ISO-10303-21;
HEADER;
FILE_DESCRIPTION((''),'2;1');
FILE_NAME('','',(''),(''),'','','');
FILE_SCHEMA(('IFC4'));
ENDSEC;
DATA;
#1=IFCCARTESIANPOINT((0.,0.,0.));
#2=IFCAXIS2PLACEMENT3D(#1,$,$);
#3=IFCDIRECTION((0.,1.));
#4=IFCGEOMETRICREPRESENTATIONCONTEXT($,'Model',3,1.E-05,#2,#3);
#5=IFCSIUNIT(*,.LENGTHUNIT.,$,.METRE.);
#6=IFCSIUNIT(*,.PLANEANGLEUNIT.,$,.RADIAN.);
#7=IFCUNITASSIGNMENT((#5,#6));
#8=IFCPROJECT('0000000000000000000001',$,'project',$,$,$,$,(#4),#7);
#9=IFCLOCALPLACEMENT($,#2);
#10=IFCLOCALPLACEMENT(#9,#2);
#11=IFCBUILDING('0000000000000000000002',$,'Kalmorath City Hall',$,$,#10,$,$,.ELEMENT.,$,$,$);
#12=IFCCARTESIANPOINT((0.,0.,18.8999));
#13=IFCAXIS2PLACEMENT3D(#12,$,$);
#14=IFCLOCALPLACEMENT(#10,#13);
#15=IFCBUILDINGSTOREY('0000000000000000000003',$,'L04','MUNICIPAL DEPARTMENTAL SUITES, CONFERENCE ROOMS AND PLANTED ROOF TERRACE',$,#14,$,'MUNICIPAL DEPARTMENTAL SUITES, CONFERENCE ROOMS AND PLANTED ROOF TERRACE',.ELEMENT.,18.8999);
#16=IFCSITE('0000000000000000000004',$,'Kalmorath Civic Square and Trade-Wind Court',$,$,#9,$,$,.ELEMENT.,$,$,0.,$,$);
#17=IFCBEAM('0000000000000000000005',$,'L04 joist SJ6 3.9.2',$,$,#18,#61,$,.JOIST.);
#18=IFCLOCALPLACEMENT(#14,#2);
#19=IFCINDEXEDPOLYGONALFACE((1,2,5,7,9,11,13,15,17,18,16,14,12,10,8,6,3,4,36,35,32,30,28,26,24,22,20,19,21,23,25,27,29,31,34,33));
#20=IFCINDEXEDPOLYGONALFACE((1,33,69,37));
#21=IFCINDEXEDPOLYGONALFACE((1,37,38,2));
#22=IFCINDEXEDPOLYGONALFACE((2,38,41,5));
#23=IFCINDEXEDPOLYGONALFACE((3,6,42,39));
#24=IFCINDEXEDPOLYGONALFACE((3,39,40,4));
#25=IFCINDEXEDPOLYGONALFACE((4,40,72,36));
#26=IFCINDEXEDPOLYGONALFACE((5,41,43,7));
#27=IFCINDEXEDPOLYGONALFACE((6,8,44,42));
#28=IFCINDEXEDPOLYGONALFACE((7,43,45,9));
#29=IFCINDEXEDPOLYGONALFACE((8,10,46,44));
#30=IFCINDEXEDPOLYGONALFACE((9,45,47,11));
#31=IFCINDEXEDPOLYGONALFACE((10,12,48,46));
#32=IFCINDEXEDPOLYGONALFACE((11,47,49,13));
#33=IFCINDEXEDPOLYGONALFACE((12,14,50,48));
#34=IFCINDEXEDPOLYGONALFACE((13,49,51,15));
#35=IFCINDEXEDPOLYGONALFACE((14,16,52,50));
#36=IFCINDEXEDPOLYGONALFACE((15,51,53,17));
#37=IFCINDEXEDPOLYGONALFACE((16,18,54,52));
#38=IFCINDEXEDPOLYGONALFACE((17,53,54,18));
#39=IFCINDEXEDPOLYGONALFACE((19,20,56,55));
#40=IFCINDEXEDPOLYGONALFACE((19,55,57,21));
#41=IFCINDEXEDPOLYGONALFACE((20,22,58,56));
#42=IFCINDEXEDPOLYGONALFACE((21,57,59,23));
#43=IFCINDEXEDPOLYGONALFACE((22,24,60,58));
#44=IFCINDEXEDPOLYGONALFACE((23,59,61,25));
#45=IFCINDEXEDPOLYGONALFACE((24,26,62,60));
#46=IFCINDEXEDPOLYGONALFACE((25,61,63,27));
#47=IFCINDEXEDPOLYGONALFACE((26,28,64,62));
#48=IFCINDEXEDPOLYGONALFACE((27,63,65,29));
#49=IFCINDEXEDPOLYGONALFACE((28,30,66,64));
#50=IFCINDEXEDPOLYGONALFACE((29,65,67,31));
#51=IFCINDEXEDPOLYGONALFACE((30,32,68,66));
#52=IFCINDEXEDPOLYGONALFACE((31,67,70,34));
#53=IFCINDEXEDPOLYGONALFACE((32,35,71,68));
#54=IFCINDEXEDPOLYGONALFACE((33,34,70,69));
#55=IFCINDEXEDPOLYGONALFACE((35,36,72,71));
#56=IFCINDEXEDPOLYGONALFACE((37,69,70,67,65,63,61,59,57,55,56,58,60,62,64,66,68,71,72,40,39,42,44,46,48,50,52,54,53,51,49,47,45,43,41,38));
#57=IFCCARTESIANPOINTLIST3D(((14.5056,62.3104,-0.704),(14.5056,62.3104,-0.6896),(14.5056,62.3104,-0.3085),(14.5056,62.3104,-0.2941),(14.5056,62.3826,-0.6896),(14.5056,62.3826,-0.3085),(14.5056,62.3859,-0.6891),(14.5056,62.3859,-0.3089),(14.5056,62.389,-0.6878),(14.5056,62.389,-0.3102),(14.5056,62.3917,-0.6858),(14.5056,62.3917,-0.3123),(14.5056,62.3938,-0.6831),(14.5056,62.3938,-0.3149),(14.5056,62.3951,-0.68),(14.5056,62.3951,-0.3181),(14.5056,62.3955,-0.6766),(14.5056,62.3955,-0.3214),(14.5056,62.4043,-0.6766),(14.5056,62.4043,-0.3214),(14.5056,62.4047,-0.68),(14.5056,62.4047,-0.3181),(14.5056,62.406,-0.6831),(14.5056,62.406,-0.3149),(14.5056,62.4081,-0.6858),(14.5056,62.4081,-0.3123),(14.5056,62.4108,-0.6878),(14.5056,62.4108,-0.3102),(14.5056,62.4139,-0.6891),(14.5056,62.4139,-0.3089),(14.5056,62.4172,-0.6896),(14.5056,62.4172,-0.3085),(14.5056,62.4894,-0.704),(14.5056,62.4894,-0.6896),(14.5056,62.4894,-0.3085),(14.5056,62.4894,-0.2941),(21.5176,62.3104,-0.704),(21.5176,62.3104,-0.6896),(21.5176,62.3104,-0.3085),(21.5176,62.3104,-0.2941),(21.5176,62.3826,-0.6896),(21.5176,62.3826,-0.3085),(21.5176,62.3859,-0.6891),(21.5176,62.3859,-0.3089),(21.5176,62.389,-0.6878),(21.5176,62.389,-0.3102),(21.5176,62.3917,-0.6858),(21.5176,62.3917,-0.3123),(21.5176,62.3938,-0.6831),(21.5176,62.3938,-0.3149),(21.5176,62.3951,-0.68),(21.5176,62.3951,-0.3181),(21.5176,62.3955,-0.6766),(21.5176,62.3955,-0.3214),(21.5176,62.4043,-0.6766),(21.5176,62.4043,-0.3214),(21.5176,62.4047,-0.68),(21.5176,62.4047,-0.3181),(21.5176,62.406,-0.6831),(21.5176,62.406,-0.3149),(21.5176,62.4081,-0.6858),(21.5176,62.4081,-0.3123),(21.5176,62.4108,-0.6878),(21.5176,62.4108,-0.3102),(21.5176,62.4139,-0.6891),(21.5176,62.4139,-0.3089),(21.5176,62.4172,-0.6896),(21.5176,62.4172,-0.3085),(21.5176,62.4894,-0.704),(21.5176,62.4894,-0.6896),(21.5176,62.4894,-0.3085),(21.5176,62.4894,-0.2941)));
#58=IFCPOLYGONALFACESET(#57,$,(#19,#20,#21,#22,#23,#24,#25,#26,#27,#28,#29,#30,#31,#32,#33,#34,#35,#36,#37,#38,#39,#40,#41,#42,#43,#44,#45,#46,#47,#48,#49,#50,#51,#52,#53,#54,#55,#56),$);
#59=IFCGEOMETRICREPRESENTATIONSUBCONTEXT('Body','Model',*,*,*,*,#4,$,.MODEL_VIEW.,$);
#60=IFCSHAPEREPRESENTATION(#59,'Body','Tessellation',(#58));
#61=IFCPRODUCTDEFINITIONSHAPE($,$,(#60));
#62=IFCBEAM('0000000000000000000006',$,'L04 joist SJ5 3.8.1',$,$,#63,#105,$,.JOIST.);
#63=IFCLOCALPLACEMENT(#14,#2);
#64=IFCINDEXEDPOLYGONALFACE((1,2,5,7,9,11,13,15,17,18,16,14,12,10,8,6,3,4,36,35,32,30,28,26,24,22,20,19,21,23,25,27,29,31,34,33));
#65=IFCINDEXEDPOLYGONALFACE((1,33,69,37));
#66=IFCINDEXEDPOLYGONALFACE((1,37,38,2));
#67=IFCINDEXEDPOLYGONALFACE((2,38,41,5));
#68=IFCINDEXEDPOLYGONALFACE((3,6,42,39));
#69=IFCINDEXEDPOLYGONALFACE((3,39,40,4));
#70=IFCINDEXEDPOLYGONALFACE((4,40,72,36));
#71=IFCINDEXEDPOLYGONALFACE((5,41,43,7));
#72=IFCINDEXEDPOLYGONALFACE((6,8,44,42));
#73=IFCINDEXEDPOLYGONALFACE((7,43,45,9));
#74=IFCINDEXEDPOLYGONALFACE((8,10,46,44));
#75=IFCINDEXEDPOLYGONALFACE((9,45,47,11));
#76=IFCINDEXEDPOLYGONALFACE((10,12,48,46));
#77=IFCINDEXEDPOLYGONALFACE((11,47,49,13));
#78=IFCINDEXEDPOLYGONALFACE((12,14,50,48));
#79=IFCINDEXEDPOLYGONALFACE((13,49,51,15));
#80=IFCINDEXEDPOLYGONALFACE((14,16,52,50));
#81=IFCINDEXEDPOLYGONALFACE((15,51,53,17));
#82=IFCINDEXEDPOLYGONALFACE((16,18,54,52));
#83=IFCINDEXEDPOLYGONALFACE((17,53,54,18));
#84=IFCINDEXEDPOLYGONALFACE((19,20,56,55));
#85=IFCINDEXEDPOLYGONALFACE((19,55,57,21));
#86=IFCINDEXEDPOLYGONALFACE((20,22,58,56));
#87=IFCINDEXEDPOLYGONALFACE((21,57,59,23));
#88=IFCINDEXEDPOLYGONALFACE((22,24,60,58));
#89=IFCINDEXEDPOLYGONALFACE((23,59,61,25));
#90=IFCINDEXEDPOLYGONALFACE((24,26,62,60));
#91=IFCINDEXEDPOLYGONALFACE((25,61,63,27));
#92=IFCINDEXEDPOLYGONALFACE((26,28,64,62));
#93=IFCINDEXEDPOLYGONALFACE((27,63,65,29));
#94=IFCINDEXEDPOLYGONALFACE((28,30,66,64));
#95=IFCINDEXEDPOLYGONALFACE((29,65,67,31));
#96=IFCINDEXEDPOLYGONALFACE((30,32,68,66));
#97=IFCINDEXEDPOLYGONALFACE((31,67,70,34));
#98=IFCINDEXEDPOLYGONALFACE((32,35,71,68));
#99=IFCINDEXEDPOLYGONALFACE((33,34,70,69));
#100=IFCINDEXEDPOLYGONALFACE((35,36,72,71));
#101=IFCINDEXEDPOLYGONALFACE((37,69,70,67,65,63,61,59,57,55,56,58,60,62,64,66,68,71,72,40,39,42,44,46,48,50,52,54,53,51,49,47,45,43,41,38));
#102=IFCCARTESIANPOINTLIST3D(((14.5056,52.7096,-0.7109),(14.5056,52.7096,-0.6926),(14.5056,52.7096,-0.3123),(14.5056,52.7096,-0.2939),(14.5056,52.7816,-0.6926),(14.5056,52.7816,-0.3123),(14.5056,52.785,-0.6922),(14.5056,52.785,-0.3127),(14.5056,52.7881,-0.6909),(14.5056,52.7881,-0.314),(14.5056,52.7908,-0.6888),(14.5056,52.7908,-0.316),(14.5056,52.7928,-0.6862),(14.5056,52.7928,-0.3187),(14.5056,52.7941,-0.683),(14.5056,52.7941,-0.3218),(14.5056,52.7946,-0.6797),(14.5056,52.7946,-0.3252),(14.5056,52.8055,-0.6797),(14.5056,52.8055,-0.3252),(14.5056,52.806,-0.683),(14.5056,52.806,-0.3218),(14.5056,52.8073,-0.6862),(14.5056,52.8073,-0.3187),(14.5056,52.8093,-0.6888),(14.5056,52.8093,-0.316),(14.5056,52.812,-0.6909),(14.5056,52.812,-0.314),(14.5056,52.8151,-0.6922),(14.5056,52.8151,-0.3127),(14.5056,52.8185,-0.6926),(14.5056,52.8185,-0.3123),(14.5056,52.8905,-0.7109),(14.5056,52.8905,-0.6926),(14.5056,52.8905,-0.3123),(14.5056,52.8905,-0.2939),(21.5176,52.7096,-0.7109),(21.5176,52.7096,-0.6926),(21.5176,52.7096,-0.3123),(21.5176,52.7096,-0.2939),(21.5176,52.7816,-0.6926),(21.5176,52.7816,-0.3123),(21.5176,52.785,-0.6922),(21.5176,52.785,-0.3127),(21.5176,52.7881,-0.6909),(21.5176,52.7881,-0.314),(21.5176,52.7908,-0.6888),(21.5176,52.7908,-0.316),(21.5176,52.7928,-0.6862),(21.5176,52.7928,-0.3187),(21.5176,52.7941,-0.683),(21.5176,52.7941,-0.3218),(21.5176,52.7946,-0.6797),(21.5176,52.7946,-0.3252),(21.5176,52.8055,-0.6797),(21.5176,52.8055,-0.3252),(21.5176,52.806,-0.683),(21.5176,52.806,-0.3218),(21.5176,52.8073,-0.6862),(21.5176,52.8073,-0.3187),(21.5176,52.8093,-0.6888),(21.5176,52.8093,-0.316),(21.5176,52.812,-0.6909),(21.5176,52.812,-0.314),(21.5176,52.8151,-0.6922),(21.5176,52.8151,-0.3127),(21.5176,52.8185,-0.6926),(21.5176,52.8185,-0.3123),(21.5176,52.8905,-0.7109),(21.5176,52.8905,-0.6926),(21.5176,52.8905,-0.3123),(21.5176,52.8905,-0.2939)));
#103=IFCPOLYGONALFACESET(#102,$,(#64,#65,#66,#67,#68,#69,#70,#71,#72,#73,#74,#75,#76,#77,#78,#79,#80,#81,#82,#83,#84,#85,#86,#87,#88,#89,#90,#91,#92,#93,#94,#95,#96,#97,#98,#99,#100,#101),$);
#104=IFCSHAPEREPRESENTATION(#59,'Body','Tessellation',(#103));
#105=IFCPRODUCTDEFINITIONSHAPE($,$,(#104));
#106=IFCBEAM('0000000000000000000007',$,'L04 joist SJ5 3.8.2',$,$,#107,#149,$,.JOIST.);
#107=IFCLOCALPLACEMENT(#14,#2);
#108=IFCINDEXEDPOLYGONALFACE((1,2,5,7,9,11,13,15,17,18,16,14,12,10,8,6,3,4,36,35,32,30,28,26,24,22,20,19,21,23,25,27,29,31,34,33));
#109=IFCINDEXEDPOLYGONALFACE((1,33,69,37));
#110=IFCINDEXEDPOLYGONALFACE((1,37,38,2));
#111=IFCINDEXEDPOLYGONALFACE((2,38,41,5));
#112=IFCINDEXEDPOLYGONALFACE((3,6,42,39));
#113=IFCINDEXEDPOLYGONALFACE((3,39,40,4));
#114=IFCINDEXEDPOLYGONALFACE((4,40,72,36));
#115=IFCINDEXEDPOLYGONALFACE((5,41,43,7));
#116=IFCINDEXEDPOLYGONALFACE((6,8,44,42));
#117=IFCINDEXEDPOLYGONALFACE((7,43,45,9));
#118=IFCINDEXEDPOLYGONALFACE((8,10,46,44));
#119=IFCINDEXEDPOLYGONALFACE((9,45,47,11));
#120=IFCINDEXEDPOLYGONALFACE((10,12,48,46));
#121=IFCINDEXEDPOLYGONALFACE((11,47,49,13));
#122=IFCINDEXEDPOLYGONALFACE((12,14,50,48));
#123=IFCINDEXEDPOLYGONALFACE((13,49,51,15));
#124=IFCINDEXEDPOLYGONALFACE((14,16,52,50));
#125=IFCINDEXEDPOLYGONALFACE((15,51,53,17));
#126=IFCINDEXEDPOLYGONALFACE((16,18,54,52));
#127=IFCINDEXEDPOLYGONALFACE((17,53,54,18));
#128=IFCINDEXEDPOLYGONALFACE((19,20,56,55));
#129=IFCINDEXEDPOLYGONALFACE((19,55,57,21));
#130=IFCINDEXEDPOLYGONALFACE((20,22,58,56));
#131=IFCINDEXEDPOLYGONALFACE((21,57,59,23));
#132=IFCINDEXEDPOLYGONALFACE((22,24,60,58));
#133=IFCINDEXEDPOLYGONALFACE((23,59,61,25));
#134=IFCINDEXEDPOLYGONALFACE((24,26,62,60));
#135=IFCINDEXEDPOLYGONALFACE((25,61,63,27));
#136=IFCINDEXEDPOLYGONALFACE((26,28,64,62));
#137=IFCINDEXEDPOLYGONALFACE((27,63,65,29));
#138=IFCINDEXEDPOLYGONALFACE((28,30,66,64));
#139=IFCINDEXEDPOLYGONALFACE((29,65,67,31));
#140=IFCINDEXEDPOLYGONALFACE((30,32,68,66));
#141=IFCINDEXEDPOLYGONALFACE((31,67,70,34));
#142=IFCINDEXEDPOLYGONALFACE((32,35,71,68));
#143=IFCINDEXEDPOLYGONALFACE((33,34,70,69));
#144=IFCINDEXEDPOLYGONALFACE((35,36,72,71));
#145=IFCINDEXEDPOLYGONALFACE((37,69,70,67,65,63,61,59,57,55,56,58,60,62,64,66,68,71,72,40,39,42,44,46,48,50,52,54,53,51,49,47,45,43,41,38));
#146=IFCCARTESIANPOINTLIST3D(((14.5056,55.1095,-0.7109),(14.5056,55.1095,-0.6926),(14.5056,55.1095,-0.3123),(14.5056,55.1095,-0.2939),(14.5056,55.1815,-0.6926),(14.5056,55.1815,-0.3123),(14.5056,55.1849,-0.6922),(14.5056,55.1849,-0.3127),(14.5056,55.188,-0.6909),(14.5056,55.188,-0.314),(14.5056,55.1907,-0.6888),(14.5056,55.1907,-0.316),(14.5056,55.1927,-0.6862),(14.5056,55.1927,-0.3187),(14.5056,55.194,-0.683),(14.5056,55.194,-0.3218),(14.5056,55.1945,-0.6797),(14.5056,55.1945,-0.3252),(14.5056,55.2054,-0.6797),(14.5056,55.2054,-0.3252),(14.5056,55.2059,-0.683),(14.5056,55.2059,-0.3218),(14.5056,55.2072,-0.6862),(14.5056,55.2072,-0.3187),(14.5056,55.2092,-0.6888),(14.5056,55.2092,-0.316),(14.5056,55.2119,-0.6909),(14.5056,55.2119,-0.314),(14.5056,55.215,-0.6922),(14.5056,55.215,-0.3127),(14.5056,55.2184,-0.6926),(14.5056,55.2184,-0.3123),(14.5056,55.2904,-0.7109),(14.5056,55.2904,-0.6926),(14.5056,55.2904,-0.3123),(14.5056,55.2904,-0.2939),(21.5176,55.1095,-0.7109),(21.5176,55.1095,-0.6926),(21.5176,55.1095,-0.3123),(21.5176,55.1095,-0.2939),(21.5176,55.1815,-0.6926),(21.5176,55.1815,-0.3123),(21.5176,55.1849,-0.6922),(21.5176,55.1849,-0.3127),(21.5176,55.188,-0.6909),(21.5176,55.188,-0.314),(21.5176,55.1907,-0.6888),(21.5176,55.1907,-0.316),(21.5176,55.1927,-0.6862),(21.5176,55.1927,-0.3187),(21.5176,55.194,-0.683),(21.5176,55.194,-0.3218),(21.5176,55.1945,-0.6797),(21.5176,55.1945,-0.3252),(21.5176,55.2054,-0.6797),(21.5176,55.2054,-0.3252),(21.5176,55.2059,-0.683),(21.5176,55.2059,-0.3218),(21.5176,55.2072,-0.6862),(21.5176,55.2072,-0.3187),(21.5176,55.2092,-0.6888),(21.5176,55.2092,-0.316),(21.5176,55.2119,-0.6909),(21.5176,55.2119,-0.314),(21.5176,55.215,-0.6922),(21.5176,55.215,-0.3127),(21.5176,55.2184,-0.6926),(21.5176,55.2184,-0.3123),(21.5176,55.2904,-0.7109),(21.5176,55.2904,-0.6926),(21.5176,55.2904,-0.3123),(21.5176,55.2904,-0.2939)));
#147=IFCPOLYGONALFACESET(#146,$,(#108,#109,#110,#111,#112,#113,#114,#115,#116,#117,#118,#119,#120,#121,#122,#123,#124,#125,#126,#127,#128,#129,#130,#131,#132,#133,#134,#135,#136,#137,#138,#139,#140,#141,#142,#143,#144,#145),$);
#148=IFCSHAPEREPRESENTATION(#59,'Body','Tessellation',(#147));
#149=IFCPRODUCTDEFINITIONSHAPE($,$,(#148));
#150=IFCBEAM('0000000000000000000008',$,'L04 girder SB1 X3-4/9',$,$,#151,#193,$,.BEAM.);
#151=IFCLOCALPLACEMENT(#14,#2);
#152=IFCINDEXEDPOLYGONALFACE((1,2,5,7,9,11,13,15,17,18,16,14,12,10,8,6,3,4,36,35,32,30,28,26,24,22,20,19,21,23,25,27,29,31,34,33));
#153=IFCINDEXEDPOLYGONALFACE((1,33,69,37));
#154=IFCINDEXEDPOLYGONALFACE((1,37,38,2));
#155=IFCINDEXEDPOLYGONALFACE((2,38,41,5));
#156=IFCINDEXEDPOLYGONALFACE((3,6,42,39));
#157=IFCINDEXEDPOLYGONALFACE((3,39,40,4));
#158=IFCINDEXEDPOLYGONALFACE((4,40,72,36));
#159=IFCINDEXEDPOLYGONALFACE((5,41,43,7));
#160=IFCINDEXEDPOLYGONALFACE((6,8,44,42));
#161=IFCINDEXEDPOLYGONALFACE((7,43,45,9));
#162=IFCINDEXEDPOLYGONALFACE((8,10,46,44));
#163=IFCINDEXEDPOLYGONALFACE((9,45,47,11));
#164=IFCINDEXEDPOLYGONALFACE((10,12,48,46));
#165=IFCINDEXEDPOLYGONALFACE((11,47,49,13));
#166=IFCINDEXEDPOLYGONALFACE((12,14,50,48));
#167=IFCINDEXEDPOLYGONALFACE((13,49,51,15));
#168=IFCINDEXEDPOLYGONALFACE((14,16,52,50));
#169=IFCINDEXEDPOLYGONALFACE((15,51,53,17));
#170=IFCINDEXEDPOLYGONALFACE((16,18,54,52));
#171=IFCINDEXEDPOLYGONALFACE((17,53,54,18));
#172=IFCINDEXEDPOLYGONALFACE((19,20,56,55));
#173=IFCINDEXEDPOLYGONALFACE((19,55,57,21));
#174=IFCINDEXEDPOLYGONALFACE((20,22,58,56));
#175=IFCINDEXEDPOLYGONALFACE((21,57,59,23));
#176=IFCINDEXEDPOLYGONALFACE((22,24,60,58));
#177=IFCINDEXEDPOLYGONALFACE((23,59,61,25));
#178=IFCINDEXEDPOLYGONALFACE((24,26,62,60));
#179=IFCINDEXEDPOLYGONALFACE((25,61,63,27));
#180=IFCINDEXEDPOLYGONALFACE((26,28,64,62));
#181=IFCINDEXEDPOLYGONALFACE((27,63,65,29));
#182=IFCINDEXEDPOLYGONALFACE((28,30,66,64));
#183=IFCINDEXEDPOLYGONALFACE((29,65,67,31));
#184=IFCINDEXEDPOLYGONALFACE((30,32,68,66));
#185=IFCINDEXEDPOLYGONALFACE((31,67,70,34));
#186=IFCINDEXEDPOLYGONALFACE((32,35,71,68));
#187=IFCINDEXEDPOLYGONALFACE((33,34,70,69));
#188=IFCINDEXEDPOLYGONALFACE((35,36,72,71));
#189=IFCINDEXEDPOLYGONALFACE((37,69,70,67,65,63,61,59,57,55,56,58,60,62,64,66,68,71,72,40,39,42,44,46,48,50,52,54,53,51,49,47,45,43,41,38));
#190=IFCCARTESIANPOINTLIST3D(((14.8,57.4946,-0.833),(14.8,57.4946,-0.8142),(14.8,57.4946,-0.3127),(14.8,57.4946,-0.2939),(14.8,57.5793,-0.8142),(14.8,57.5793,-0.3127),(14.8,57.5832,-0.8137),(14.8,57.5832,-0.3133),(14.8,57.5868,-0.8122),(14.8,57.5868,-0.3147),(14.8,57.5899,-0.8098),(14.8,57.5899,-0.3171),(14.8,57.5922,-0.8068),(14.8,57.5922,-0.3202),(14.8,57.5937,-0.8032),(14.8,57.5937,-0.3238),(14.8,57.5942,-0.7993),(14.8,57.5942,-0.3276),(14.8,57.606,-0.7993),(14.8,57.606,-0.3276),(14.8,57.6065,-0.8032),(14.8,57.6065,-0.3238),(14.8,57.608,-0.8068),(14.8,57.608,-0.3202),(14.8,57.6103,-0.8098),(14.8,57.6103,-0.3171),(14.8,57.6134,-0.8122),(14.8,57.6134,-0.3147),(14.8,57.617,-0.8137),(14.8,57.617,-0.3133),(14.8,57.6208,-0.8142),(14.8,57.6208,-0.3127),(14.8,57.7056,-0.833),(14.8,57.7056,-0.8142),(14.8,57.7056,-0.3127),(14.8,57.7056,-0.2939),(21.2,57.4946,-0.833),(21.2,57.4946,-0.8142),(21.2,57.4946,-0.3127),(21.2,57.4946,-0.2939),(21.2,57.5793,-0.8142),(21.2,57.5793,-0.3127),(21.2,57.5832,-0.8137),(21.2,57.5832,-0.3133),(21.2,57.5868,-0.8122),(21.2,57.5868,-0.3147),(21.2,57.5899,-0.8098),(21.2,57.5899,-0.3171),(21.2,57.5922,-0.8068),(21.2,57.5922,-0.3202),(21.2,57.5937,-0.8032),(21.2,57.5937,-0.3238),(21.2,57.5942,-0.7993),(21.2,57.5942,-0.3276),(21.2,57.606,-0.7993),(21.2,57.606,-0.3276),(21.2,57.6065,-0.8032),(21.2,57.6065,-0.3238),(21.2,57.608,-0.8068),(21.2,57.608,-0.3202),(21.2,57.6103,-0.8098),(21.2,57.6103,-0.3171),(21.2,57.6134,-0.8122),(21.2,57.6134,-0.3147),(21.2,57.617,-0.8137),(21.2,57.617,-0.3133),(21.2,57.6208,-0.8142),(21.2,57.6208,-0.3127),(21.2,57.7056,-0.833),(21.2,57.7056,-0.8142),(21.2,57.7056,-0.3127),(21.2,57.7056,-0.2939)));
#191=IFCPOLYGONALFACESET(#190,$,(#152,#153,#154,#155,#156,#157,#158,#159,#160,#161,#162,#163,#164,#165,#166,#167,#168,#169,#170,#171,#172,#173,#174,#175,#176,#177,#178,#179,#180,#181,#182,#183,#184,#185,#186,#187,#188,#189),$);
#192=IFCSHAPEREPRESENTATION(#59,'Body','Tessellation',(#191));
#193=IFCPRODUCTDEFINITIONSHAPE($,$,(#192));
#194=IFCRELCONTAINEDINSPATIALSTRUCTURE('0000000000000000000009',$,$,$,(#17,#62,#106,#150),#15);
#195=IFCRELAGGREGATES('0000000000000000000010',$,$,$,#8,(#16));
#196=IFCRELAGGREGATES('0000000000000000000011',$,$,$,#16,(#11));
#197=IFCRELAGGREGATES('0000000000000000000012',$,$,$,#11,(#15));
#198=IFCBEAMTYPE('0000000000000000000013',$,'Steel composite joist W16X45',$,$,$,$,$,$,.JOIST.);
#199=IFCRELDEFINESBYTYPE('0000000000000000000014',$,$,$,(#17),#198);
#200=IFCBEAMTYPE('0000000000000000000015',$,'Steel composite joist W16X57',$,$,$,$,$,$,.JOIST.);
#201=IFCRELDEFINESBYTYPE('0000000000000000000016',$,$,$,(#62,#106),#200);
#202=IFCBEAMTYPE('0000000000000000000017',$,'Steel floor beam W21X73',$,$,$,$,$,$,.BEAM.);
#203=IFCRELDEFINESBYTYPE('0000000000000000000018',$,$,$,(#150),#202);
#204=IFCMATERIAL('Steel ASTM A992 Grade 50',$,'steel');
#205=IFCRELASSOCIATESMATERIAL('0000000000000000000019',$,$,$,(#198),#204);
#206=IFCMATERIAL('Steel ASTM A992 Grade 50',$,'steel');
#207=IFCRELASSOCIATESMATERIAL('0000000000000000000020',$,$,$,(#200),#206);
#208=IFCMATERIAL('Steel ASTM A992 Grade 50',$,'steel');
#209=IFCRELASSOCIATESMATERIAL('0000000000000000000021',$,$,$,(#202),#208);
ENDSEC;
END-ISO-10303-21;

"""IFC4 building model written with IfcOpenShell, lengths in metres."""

from ifc_helpers import new_model, si_unit, direction, frame, origin, origin_2d, place, context, subcontext, project, spatial, i_section, extrude, material, material_profile, profile_set, type_object, element, save


model = new_model("IFC4")

# Units and contexts
model_context = context("Model", 3, precision=1e-05, world=origin(), true_north=direction((0.0, 1.0)))
body_context = subcontext(model_context, "Body", "Model", "MODEL_VIEW")
ifc_project = project(units=[si_unit("LENGTHUNIT", "METRE"), si_unit("PLANEANGLEUNIT", "RADIAN")], contexts=[model_context])

# Site, building, storey
site_placement = place(None, origin())
site = spatial("IfcSite", under=ifc_project, at=site_placement, Name="Kalmorath Civic Square and Trade-Wind Court", CompositionType="ELEMENT", RefElevation=0.0)
building_placement = place(site_placement, origin())
building = spatial("IfcBuilding", under=site, at=building_placement, Name="Kalmorath City Hall", CompositionType="ELEMENT")
storey_placement = place(building_placement, frame((0.0, 0.0, 18.8999)))
storey = spatial("IfcBuildingStorey", under=building, at=storey_placement, Name="L04", Description="MUNICIPAL DEPARTMENTAL SUITES, CONFERENCE ROOMS AND PLANTED ROOF TERRACE", LongName="MUNICIPAL DEPARTMENTAL SUITES, CONFERENCE ROOMS AND PLANTED ROOF TERRACE", CompositionType="ELEMENT", Elevation=18.8999)

# Beams
ifc_material_1 = material(Name="Steel ASTM A992 Grade 50", Category="steel")
ifc_material_profile_1 = material_profile(ifc_material_1, i_section(OverallWidth=0.179, OverallDepth=0.4099, WebThickness=0.0088, FlangeThickness=0.0144, FilletRadius=0.0129, at=origin_2d()), Name="W16X45")
ifc_profile_set_1 = profile_set([ifc_material_profile_1], Name="Steel ASTM A992 Grade 50")
beam_type_1 = type_object("IfcBeamType", Name="Steel composite joist W16X45", PredefinedType="JOIST", material=ifc_profile_set_1)
for number, where, z_axis, x_axis, name in (
    (1, (14.5056, 62.3999, -0.499), (1.0, 0.0, 0.0), (0.0, 1.0, 0.0), "L04 joist SJ6 3.9.2"),
):
    element("IfcBeam", number, at=place(storey_placement, frame(where, z_axis=z_axis, x_axis=x_axis)), inside=storey, type_object=beam_type_1, Name=name, PredefinedType="JOIST", context=body_context, shape_type="SweptSolid", body=[
        extrude(i_section(OverallWidth=0.179, OverallDepth=0.4099, WebThickness=0.0088, FlangeThickness=0.0144, FilletRadius=0.0129, at=origin_2d()), origin(), (0.0, 0.0, 1.0), 7.012),
    ])
ifc_material_2 = material(Name="Steel ASTM A992 Grade 50", Category="steel")
ifc_material_profile_2 = material_profile(ifc_material_2, i_section(OverallWidth=0.1809, OverallDepth=0.417, WebThickness=0.011, FlangeThickness=0.0183, FilletRadius=0.0129, at=origin_2d()), Name="W16X57")
ifc_profile_set_2 = profile_set([ifc_material_profile_2], Name="Steel ASTM A992 Grade 50")
beam_type_2 = type_object("IfcBeamType", Name="Steel composite joist W16X57", PredefinedType="JOIST", material=ifc_profile_set_2)
for number, where, z_axis, x_axis, name in (
    (2, (14.5056, 52.8, -0.5024), (1.0, 0.0, 0.0), (0.0, 1.0, 0.0), "L04 joist SJ5 3.8.1"),
    (3, (14.5056, 55.2, -0.5024), (1.0, 0.0, 0.0), (0.0, 1.0, 0.0), "L04 joist SJ5 3.8.2"),
):
    element("IfcBeam", number, at=place(storey_placement, frame(where, z_axis=z_axis, x_axis=x_axis)), inside=storey, type_object=beam_type_2, Name=name, PredefinedType="JOIST", context=body_context, shape_type="SweptSolid", body=[
        extrude(i_section(OverallWidth=0.1809, OverallDepth=0.417, WebThickness=0.011, FlangeThickness=0.0183, FilletRadius=0.0129, at=origin_2d()), origin(), (0.0, 0.0, 1.0), 7.012),
    ])
ifc_material_3 = material(Name="Steel ASTM A992 Grade 50", Category="steel")
ifc_material_profile_3 = material_profile(ifc_material_3, i_section(OverallWidth=0.2109, OverallDepth=0.5391, WebThickness=0.0117, FlangeThickness=0.0188, FilletRadius=0.0149, at=origin_2d()), Name="W21X73")
ifc_profile_set_3 = profile_set([ifc_material_profile_3], Name="Steel ASTM A992 Grade 50")
beam_type_3 = type_object("IfcBeamType", Name="Steel floor beam W21X73", PredefinedType="BEAM", material=ifc_profile_set_3)
for number, where, z_axis, x_axis, name in (
    (4, (14.8, 57.6001, -0.5635), (1.0, 0.0, 0.0), (0.0, 1.0, 0.0), "L04 girder SB1 X3-4/9"),
):
    element("IfcBeam", number, at=place(storey_placement, frame(where, z_axis=z_axis, x_axis=x_axis)), inside=storey, type_object=beam_type_3, Name=name, PredefinedType="BEAM", context=body_context, shape_type="SweptSolid", body=[
        extrude(i_section(OverallWidth=0.2109, OverallDepth=0.5391, WebThickness=0.0117, FlangeThickness=0.0188, FilletRadius=0.0149, at=origin_2d()), origin(), (0.0, 0.0, 1.0), 6.3999),
    ])

save(model, "model.ifc")
